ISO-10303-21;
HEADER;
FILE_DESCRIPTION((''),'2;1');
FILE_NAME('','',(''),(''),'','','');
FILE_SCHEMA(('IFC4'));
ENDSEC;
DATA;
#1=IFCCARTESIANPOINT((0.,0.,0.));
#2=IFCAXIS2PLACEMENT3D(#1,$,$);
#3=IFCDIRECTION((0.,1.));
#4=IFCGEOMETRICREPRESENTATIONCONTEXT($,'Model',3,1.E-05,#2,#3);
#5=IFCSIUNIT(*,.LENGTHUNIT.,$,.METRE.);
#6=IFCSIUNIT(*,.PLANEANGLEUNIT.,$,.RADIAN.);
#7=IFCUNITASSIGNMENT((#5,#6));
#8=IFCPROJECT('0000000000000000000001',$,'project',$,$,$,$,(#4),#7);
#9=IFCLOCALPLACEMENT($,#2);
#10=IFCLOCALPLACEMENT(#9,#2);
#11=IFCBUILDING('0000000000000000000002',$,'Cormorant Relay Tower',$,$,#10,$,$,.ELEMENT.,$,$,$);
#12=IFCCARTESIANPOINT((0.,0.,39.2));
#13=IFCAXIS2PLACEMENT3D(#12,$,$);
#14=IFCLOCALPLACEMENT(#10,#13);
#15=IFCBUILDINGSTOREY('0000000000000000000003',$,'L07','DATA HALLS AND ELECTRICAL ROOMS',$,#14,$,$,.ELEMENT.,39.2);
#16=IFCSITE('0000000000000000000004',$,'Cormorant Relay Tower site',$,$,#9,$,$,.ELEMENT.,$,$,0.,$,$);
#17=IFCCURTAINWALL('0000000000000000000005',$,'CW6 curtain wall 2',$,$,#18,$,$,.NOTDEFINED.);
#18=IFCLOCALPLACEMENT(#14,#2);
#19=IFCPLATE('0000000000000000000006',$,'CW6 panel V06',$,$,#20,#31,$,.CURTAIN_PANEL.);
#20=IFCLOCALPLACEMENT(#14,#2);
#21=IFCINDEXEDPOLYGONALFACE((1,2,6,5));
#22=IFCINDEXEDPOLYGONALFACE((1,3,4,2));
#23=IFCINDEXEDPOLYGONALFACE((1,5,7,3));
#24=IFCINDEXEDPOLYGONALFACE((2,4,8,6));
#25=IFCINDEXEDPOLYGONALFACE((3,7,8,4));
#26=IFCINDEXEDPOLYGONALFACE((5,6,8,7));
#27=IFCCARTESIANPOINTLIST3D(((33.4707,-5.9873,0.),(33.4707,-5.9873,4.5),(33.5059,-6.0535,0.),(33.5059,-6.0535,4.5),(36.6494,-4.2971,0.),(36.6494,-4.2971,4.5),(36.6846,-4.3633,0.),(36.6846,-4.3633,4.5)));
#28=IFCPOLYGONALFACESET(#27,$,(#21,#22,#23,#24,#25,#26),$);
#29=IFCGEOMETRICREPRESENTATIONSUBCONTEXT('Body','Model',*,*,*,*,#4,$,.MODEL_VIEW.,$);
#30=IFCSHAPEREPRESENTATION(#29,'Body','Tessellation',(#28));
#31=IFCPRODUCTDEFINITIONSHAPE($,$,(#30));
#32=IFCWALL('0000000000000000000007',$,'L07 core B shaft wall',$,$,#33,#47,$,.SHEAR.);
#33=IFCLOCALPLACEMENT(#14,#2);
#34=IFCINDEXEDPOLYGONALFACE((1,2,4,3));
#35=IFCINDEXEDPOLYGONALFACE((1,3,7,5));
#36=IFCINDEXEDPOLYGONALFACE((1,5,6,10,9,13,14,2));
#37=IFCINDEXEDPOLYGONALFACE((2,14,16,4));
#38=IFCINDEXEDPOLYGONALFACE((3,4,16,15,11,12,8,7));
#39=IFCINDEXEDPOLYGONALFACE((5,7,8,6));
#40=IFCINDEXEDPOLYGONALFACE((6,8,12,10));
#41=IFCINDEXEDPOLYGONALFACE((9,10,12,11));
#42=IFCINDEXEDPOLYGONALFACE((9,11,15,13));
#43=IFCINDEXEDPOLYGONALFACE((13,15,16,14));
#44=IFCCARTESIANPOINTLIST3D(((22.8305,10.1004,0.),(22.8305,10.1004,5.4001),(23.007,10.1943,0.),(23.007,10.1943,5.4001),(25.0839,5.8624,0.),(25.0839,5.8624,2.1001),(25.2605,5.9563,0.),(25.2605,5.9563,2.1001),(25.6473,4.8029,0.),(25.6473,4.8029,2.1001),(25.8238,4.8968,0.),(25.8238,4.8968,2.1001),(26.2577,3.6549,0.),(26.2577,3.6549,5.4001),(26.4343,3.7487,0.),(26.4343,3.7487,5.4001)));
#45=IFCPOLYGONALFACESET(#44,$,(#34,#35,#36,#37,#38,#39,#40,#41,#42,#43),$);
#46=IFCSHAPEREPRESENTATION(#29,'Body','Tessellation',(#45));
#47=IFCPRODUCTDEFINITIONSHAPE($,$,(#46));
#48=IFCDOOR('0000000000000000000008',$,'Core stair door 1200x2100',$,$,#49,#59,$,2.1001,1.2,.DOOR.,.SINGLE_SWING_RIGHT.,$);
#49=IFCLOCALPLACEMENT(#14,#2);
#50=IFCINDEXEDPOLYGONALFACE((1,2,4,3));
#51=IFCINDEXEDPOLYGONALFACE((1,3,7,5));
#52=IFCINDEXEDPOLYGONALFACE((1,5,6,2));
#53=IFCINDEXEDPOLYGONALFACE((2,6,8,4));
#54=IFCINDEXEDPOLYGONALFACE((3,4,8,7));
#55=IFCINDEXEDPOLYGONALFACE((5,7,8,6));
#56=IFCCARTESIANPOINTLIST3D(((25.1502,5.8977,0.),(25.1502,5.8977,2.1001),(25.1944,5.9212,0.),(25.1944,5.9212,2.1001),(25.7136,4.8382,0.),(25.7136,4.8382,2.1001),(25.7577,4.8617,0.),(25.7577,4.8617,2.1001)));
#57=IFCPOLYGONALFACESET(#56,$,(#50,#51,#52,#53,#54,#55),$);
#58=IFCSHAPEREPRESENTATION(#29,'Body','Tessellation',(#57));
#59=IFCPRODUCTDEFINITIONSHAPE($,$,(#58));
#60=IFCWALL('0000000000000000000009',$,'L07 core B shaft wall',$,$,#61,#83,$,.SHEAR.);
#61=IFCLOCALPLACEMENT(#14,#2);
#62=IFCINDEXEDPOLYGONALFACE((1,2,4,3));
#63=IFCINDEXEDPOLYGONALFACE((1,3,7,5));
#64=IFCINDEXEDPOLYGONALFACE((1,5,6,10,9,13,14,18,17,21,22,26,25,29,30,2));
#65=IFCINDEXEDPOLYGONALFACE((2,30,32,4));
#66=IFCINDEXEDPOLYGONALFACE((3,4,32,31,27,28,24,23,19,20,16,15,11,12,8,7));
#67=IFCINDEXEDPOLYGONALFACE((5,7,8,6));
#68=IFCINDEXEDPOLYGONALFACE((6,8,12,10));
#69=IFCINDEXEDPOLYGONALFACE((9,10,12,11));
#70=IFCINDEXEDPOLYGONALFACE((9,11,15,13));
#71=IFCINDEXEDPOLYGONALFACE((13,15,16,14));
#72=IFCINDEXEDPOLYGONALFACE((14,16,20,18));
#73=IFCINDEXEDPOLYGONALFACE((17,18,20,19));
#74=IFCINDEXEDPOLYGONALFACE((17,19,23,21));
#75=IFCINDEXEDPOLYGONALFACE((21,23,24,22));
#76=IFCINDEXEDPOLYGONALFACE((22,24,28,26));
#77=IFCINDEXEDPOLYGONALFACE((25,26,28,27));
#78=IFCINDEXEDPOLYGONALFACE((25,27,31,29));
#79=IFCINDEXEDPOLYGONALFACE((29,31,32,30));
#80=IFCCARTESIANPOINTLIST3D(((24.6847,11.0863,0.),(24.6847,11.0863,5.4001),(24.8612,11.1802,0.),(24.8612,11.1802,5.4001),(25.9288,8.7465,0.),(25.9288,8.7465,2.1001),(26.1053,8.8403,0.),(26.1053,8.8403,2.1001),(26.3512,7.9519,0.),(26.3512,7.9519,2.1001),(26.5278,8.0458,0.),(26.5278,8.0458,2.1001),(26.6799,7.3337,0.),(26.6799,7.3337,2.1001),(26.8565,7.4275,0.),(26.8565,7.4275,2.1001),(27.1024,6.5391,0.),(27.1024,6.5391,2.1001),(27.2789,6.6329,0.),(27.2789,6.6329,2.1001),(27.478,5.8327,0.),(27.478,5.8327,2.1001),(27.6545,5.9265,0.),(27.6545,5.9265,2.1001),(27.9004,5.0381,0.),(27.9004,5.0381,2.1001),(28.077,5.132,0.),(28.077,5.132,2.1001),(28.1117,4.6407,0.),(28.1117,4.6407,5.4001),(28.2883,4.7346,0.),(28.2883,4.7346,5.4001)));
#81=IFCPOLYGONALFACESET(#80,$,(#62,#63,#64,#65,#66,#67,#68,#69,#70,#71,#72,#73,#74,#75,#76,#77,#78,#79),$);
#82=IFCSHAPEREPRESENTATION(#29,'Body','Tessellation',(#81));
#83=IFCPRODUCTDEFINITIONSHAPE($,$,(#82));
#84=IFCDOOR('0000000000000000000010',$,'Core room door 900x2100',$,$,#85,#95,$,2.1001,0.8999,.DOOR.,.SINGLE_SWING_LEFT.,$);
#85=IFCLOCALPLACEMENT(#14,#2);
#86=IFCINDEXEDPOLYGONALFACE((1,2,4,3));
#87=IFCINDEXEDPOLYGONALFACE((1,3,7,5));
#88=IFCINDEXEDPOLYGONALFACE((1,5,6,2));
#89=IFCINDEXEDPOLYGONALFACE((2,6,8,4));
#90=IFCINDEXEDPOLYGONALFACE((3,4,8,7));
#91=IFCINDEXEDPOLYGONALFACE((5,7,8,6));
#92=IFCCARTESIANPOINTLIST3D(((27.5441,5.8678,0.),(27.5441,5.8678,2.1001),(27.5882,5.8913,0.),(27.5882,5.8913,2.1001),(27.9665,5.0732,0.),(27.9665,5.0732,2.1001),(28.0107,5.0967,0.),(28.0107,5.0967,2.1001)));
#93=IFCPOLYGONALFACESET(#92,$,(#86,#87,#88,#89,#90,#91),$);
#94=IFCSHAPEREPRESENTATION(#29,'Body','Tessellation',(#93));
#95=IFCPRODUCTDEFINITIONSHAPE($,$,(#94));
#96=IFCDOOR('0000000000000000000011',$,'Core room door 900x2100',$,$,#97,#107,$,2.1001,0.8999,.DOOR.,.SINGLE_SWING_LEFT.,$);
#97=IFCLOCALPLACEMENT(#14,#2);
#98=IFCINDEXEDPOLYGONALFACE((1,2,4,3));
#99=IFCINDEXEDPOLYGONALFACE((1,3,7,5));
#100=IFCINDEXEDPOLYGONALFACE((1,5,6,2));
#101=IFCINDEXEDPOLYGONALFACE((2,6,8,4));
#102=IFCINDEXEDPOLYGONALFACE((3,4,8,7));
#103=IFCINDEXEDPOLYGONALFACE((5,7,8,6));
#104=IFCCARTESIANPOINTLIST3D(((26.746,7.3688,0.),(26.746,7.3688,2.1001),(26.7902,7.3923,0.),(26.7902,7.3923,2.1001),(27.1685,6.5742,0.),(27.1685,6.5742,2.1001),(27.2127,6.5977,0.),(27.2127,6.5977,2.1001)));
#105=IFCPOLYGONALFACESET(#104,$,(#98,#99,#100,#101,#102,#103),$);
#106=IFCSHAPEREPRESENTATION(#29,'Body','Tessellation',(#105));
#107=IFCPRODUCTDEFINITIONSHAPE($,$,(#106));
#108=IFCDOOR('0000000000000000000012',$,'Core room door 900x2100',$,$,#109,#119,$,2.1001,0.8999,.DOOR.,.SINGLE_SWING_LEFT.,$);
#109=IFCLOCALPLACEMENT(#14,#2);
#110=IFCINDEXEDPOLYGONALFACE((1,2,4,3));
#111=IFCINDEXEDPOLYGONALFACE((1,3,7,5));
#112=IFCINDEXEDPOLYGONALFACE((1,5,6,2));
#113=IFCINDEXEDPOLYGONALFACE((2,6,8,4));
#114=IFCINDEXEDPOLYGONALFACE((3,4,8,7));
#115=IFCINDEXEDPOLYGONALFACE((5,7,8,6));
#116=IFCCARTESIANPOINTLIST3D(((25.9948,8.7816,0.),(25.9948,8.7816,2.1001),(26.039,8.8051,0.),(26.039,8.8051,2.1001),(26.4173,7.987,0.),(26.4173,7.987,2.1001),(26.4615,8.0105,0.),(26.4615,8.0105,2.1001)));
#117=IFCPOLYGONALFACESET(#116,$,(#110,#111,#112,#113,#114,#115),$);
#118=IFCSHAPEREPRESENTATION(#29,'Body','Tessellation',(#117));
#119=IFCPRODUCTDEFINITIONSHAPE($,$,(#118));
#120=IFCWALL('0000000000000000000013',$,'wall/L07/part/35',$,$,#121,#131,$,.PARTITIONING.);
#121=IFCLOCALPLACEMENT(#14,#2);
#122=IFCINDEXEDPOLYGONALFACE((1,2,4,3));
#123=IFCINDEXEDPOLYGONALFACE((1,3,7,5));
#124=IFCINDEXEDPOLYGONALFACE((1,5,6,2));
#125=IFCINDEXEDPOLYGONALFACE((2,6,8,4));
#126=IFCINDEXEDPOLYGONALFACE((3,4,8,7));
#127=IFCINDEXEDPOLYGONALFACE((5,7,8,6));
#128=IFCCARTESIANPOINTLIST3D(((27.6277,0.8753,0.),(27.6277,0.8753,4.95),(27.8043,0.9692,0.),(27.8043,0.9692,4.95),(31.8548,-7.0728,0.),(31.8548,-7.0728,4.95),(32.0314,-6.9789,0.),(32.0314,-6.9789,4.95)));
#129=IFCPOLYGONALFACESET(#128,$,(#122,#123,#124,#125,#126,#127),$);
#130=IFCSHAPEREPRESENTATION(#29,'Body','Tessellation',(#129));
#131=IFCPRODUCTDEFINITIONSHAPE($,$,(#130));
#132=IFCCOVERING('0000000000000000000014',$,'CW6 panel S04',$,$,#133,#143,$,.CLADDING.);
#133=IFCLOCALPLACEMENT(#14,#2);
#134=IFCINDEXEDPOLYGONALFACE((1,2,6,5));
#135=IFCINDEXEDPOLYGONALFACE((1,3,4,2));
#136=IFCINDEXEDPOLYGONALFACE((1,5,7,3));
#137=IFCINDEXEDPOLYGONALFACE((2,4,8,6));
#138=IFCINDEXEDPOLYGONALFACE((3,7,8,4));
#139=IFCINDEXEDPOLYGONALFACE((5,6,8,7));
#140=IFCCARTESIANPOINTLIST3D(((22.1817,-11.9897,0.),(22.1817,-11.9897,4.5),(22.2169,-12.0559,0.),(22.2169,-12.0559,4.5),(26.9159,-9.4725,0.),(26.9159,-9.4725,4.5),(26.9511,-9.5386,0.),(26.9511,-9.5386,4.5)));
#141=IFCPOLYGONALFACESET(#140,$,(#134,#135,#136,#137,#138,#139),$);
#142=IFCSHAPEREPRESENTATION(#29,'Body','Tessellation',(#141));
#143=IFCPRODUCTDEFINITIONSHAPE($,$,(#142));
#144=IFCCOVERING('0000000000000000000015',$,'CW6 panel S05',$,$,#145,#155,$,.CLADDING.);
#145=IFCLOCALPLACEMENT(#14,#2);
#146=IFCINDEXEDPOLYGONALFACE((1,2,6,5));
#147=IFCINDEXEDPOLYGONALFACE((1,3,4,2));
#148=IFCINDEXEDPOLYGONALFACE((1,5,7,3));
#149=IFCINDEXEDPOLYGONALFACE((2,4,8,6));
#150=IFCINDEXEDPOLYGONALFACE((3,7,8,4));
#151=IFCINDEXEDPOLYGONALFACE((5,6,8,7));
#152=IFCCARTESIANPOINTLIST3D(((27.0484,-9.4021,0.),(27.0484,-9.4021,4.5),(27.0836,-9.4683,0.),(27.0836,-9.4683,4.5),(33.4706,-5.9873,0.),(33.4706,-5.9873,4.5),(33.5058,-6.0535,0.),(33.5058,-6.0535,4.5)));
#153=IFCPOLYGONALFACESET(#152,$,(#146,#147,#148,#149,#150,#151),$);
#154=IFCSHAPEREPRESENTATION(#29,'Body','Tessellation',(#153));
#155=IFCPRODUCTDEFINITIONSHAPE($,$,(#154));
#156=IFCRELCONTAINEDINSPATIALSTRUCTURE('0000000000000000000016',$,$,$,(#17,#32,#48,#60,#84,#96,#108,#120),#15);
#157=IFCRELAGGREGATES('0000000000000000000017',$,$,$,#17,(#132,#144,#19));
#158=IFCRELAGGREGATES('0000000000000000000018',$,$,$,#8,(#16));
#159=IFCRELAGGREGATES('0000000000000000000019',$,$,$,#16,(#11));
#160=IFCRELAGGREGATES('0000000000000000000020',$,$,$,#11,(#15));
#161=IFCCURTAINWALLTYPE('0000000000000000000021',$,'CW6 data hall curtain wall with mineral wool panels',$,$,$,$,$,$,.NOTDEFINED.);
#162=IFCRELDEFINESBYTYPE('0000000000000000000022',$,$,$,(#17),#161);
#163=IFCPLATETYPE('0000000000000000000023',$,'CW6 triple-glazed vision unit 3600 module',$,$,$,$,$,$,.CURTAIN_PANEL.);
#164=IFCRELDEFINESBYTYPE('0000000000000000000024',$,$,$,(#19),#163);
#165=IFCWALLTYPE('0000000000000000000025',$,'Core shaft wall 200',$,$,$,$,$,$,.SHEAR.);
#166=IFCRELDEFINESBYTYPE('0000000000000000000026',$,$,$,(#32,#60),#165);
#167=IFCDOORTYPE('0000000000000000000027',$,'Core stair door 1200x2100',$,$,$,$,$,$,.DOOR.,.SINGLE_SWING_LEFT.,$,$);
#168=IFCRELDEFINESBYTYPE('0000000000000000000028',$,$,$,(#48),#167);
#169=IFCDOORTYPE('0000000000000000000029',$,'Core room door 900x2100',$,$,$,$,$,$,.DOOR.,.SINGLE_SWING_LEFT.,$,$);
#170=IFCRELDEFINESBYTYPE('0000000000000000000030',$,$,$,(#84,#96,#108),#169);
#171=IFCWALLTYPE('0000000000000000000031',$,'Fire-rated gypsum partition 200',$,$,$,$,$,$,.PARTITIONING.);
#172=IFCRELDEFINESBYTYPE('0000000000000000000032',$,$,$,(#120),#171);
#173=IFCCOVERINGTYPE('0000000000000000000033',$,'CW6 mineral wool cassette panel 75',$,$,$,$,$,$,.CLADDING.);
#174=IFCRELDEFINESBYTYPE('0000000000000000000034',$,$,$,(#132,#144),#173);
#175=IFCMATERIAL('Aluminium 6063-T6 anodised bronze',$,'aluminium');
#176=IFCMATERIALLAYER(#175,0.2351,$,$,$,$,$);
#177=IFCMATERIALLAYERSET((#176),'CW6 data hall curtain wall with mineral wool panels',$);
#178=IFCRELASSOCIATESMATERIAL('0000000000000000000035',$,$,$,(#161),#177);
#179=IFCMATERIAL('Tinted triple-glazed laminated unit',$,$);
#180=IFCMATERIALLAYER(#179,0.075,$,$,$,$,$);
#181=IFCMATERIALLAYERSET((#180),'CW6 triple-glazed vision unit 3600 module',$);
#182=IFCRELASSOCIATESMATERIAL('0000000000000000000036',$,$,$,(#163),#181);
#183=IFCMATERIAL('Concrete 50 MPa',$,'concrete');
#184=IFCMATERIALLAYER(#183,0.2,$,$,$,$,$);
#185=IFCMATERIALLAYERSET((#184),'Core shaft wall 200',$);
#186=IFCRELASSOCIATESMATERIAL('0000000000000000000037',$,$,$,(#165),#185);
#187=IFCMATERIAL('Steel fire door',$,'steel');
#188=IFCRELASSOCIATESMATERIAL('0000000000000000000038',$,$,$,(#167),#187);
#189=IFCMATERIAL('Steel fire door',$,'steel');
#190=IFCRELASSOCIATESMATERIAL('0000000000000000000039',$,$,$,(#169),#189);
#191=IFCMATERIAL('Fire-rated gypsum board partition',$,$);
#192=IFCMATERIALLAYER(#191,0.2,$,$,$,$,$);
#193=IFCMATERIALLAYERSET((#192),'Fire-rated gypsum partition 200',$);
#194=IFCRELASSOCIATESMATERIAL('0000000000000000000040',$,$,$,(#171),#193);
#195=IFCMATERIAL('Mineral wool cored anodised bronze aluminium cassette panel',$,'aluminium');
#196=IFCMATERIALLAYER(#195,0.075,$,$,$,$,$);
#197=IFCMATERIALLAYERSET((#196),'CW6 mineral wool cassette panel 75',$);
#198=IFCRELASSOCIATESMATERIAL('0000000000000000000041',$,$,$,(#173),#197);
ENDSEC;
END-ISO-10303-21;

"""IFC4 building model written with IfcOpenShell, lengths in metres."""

from ifc_helpers import new_model, si_unit, direction, frame, frame_2d, origin, origin_2d, place, context, subcontext, project, spatial, rectangle, extrude, material, layer, layer_set, type_object, element, fill, aggregate, save


model = new_model("IFC4")

# Units and contexts
model_context = context("Model", 3, precision=1e-05, world=origin(), true_north=direction((0.0, 1.0)))
body_context = subcontext(model_context, "Body", "Model", "MODEL_VIEW")
ifc_project = project(units=[si_unit("LENGTHUNIT", "METRE"), si_unit("PLANEANGLEUNIT", "RADIAN")], contexts=[model_context])

# Site, building, storey
site_placement = place(None, origin())
site = spatial("IfcSite", under=ifc_project, at=site_placement, Name="Cormorant Relay Tower site", CompositionType="ELEMENT", RefElevation=0.0)
building_placement = place(site_placement, origin())
building = spatial("IfcBuilding", under=site, at=building_placement, Name="Cormorant Relay Tower", CompositionType="ELEMENT")
storey_placement = place(building_placement, frame((0.0, 0.0, 39.2)))
storey = spatial("IfcBuildingStorey", under=building, at=storey_placement, Name="L07", Description="DATA HALLS AND ELECTRICAL ROOMS", CompositionType="ELEMENT", Elevation=39.2)

# Curtain wall
ifc_material_1 = material(Name="Aluminium 6063-T6 anodised bronze", Category="aluminium")
ifc_layer_1 = layer(ifc_material_1, 0.2351)
ifc_layer_set_1 = layer_set([ifc_layer_1], Name="CW6 data hall curtain wall with mineral wool panels")
curtain_wall_type = type_object("IfcCurtainWallType", Name="CW6 data hall curtain wall with mineral wool panels", PredefinedType="NOTDEFINED", material=ifc_layer_set_1)
curtain_wall_placement = place(storey_placement, origin())
curtain_wall = element("IfcCurtainWall", 1, at=curtain_wall_placement, inside=storey, type_object=curtain_wall_type, Name="CW6 curtain wall 2", PredefinedType="NOTDEFINED")

# Plate
ifc_material_2 = material(Name="Tinted triple-glazed laminated unit")
ifc_layer_2 = layer(ifc_material_2, 0.075)
ifc_layer_set_2 = layer_set([ifc_layer_2], Name="CW6 triple-glazed vision unit 3600 module")
plate_type = type_object("IfcPlateType", Name="CW6 triple-glazed vision unit 3600 module", PredefinedType="CURTAIN_PANEL", material=ifc_layer_set_2)
plate_placement = place(storey_placement, frame((35.0776, -5.1753, 0.0), z_axis=(0.0, 0.0, 1.0), x_axis=(0.882948, 0.469472, 0.0)))
plate = element("IfcPlate", 2, at=plate_placement, type_object=plate_type, Name="CW6 panel V06", PredefinedType="CURTAIN_PANEL", context=body_context, shape_type="SweptSolid", body=[
    extrude(rectangle(XDim=3.6001, YDim=0.075, at=origin_2d()), origin(), (0.0, 0.0, 1.0), 4.5),
])

# Wall, opening, door
ifc_material_3 = material(Name="Concrete 50 MPa", Category="concrete")
ifc_layer_3 = layer(ifc_material_3, 0.2)
ifc_layer_set_3 = layer_set([ifc_layer_3], Name="Core shaft wall 200")
wall_type_1 = type_object("IfcWallType", Name="Core shaft wall 200", PredefinedType="SHEAR", material=ifc_layer_set_3)
wall_1_placement = place(storey_placement, frame((26.3459, 3.7019, 0.0), z_axis=(0.0, 0.0, 1.0), x_axis=(-0.46948, 0.882943, 0.0)))
wall_1 = element("IfcWall", 3, at=wall_1_placement, inside=storey, type_object=wall_type_1, Name="L07 core B shaft wall", PredefinedType="SHEAR", context=body_context, shape_type="SweptSolid", body=[
    extrude(rectangle(XDim=7.3, YDim=0.2, at=frame_2d((3.6499, 0.0))), origin(), (0.0, 0.0, 1.0), 5.4001),
])
opening_1_placement = place(wall_1_placement, frame((1.3, 0.0, 0.0)))
opening_1 = element("IfcOpeningElement", 4, at=opening_1_placement, cuts=wall_1, PredefinedType="OPENING", context=body_context, shape_type="SweptSolid", body=[
    extrude(rectangle(XDim=1.2, YDim=2.1001, at=frame_2d((0.6001, 1.05))), frame((0.0, 0.1099, 0.0), z_axis=(0.0, -1.0, 0.0), x_axis=(1.0, 0.0, 0.0)), (0.0, 0.0, 1.0), 0.22),
])
ifc_material_4 = material(Name="Steel fire door", Category="steel")
door_type_1 = type_object("IfcDoorType", Name="Core stair door 1200x2100", OperationType="SINGLE_SWING_LEFT", PredefinedType="DOOR", material=ifc_material_4)
door_1_placement = place(opening_1_placement, origin())
door_1 = element("IfcDoor", 5, at=door_1_placement, inside=storey, type_object=door_type_1, Name="Core stair door 1200x2100", OperationType="SINGLE_SWING_RIGHT", OverallHeight=2.1001, OverallWidth=1.2, PredefinedType="DOOR", context=body_context, shape_type="SweptSolid", body=[
    extrude(rectangle(XDim=1.2, YDim=2.1001, at=frame_2d((0.6001, 1.05))), frame((0.0, 0.0249, 0.0), z_axis=(0.0, -1.0, 0.0), x_axis=(1.0, 0.0, 0.0)), (0.0, 0.0, 1.0), 0.05),
])
fill(opening_1, door_1)

# Wall, openings, doors
wall_2_placement = place(storey_placement, frame((28.2, 4.6877, 0.0), z_axis=(0.0, 0.0, 1.0), x_axis=(-0.469454, 0.882957, 0.0)))
wall_2 = element("IfcWall", 6, at=wall_2_placement, inside=storey, type_object=wall_type_1, Name="L07 core B shaft wall", PredefinedType="SHEAR", context=body_context, shape_type="SweptSolid", body=[
    extrude(rectangle(XDim=7.3, YDim=0.2, at=frame_2d((3.6499, 0.0))), origin(), (0.0, 0.0, 1.0), 5.4001),
])
opening_2_placement = place(wall_2_placement, frame((0.45, 0.0, 0.0)))
opening_2 = element("IfcOpeningElement", 7, at=opening_2_placement, cuts=wall_2, PredefinedType="OPENING", context=body_context, shape_type="SweptSolid", body=[
    extrude(rectangle(XDim=0.8999, YDim=2.1001, at=frame_2d((0.45, 1.05))), frame((0.0, 0.1099, 0.0), z_axis=(0.0, -1.0, 0.0), x_axis=(1.0, 0.0, 0.0)), (0.0, 0.0, 1.0), 0.22),
])
opening_3_placement = place(wall_2_placement, frame((2.1499, 0.0, 0.0)))
opening_3 = element("IfcOpeningElement", 8, at=opening_3_placement, cuts=wall_2, PredefinedType="OPENING", context=body_context, shape_type="SweptSolid", body=[
    extrude(rectangle(XDim=0.8999, YDim=2.1001, at=frame_2d((0.45, 1.05))), frame((0.0, 0.1099, 0.0), z_axis=(0.0, -1.0, 0.0), x_axis=(1.0, 0.0, 0.0)), (0.0, 0.0, 1.0), 0.22),
])
opening_4_placement = place(wall_2_placement, frame((3.75, 0.0, 0.0)))
opening_4 = element("IfcOpeningElement", 9, at=opening_4_placement, cuts=wall_2, PredefinedType="OPENING", context=body_context, shape_type="SweptSolid", body=[
    extrude(rectangle(XDim=0.8999, YDim=2.1001, at=frame_2d((0.45, 1.05))), frame((0.0, 0.1099, 0.0), z_axis=(0.0, -1.0, 0.0), x_axis=(1.0, 0.0, 0.0)), (0.0, 0.0, 1.0), 0.22),
])
ifc_material_5 = material(Name="Steel fire door", Category="steel")
door_type_2 = type_object("IfcDoorType", Name="Core room door 900x2100", OperationType="SINGLE_SWING_LEFT", PredefinedType="DOOR", material=ifc_material_5)
door_2_placement = place(opening_2_placement, frame((0.8999, 0.0, 0.0), z_axis=(0.0, 0.0, 1.0), x_axis=(-1.0, 0.0, 0.0)))
door_2 = element("IfcDoor", 10, at=door_2_placement, inside=storey, type_object=door_type_2, Name="Core room door 900x2100", OperationType="SINGLE_SWING_LEFT", OverallHeight=2.1001, OverallWidth=0.8999, PredefinedType="DOOR", context=body_context, shape_type="SweptSolid", body=[
    extrude(rectangle(XDim=0.8999, YDim=2.1001, at=frame_2d((0.45, 1.05))), frame((0.0, 0.0249, 0.0), z_axis=(0.0, -1.0, 0.0), x_axis=(1.0, 0.0, 0.0)), (0.0, 0.0, 1.0), 0.05),
])
fill(opening_2, door_2)
door_3_placement = place(opening_3_placement, frame((0.8999, 0.0, 0.0), z_axis=(0.0, 0.0, 1.0), x_axis=(-1.0, 0.0, 0.0)))
door_3 = element("IfcDoor", 11, at=door_3_placement, inside=storey, type_object=door_type_2, Name="Core room door 900x2100", OperationType="SINGLE_SWING_LEFT", OverallHeight=2.1001, OverallWidth=0.8999, PredefinedType="DOOR", context=body_context, shape_type="SweptSolid", body=[
    extrude(rectangle(XDim=0.8999, YDim=2.1001, at=frame_2d((0.45, 1.05))), frame((0.0, 0.0249, 0.0), z_axis=(0.0, -1.0, 0.0), x_axis=(1.0, 0.0, 0.0)), (0.0, 0.0, 1.0), 0.05),
])
fill(opening_3, door_3)
door_4_placement = place(opening_4_placement, frame((0.8999, 0.0, 0.0), z_axis=(0.0, 0.0, 1.0), x_axis=(-1.0, 0.0, 0.0)))
door_4 = element("IfcDoor", 12, at=door_4_placement, inside=storey, type_object=door_type_2, Name="Core room door 900x2100", OperationType="SINGLE_SWING_LEFT", OverallHeight=2.1001, OverallWidth=0.8999, PredefinedType="DOOR", context=body_context, shape_type="SweptSolid", body=[
    extrude(rectangle(XDim=0.8999, YDim=2.1001, at=frame_2d((0.45, 1.05))), frame((0.0, 0.0249, 0.0), z_axis=(0.0, -1.0, 0.0), x_axis=(1.0, 0.0, 0.0)), (0.0, 0.0, 1.0), 0.05),
])
fill(opening_4, door_4)

# Wall
ifc_material_6 = material(Name="Fire-rated gypsum board partition")
ifc_layer_4 = layer(ifc_material_6, 0.2)
ifc_layer_set_4 = layer_set([ifc_layer_4], Name="Fire-rated gypsum partition 200")
wall_type_2 = type_object("IfcWallType", Name="Fire-rated gypsum partition 200", PredefinedType="PARTITIONING", material=ifc_layer_set_4)
wall_3_placement = place(storey_placement, frame((27.7161, 0.9221, 0.0), z_axis=(0.0, 0.0, 1.0), x_axis=(0.46956, -0.8829, 0.0)))
element("IfcWall", 13, at=wall_3_placement, inside=storey, type_object=wall_type_2, Name="wall/L07/part/35", PredefinedType="PARTITIONING", context=body_context, shape_type="SweptSolid", body=[
    extrude(rectangle(XDim=9.0022, YDim=0.2, at=frame_2d((4.501, 0.0))), origin(), (0.0, 0.0, 1.0), 4.95),
])

# Coverings
ifc_material_7 = material(Name="Mineral wool cored anodised bronze aluminium cassette panel", Category="aluminium")
ifc_layer_5 = layer(ifc_material_7, 0.075)
ifc_layer_set_5 = layer_set([ifc_layer_5], Name="CW6 mineral wool cassette panel 75")
covering_type = type_object("IfcCoveringType", Name="CW6 mineral wool cassette panel 75", PredefinedType="CLADDING", material=ifc_layer_set_5)
covering_1_placement = place(storey_placement, frame((24.5664, -10.7642, 0.0), z_axis=(0.0, 0.0, 1.0), x_axis=(0.882948, 0.469472, 0.0)))
covering_1 = element("IfcCovering", 14, at=covering_1_placement, type_object=covering_type, Name="CW6 panel S04", PredefinedType="CLADDING", context=body_context, shape_type="SweptSolid", body=[
    extrude(rectangle(XDim=5.3618, YDim=0.075, at=origin_2d()), origin(), (0.0, 0.0, 1.0), 4.5),
])
covering_2_placement = place(storey_placement, frame((30.2771, -7.7278, 0.0), z_axis=(0.0, 0.0, 1.0), x_axis=(0.882948, 0.469472, 0.0)))
covering_2 = element("IfcCovering", 15, at=covering_2_placement, type_object=covering_type, Name="CW6 panel S05", PredefinedType="CLADDING", context=body_context, shape_type="SweptSolid", body=[
    extrude(rectangle(XDim=7.2737, YDim=0.075, at=origin_2d()), origin(), (0.0, 0.0, 1.0), 4.5),
])
aggregate(curtain_wall, [covering_1, covering_2, plate])

save(model, "model.ifc")
